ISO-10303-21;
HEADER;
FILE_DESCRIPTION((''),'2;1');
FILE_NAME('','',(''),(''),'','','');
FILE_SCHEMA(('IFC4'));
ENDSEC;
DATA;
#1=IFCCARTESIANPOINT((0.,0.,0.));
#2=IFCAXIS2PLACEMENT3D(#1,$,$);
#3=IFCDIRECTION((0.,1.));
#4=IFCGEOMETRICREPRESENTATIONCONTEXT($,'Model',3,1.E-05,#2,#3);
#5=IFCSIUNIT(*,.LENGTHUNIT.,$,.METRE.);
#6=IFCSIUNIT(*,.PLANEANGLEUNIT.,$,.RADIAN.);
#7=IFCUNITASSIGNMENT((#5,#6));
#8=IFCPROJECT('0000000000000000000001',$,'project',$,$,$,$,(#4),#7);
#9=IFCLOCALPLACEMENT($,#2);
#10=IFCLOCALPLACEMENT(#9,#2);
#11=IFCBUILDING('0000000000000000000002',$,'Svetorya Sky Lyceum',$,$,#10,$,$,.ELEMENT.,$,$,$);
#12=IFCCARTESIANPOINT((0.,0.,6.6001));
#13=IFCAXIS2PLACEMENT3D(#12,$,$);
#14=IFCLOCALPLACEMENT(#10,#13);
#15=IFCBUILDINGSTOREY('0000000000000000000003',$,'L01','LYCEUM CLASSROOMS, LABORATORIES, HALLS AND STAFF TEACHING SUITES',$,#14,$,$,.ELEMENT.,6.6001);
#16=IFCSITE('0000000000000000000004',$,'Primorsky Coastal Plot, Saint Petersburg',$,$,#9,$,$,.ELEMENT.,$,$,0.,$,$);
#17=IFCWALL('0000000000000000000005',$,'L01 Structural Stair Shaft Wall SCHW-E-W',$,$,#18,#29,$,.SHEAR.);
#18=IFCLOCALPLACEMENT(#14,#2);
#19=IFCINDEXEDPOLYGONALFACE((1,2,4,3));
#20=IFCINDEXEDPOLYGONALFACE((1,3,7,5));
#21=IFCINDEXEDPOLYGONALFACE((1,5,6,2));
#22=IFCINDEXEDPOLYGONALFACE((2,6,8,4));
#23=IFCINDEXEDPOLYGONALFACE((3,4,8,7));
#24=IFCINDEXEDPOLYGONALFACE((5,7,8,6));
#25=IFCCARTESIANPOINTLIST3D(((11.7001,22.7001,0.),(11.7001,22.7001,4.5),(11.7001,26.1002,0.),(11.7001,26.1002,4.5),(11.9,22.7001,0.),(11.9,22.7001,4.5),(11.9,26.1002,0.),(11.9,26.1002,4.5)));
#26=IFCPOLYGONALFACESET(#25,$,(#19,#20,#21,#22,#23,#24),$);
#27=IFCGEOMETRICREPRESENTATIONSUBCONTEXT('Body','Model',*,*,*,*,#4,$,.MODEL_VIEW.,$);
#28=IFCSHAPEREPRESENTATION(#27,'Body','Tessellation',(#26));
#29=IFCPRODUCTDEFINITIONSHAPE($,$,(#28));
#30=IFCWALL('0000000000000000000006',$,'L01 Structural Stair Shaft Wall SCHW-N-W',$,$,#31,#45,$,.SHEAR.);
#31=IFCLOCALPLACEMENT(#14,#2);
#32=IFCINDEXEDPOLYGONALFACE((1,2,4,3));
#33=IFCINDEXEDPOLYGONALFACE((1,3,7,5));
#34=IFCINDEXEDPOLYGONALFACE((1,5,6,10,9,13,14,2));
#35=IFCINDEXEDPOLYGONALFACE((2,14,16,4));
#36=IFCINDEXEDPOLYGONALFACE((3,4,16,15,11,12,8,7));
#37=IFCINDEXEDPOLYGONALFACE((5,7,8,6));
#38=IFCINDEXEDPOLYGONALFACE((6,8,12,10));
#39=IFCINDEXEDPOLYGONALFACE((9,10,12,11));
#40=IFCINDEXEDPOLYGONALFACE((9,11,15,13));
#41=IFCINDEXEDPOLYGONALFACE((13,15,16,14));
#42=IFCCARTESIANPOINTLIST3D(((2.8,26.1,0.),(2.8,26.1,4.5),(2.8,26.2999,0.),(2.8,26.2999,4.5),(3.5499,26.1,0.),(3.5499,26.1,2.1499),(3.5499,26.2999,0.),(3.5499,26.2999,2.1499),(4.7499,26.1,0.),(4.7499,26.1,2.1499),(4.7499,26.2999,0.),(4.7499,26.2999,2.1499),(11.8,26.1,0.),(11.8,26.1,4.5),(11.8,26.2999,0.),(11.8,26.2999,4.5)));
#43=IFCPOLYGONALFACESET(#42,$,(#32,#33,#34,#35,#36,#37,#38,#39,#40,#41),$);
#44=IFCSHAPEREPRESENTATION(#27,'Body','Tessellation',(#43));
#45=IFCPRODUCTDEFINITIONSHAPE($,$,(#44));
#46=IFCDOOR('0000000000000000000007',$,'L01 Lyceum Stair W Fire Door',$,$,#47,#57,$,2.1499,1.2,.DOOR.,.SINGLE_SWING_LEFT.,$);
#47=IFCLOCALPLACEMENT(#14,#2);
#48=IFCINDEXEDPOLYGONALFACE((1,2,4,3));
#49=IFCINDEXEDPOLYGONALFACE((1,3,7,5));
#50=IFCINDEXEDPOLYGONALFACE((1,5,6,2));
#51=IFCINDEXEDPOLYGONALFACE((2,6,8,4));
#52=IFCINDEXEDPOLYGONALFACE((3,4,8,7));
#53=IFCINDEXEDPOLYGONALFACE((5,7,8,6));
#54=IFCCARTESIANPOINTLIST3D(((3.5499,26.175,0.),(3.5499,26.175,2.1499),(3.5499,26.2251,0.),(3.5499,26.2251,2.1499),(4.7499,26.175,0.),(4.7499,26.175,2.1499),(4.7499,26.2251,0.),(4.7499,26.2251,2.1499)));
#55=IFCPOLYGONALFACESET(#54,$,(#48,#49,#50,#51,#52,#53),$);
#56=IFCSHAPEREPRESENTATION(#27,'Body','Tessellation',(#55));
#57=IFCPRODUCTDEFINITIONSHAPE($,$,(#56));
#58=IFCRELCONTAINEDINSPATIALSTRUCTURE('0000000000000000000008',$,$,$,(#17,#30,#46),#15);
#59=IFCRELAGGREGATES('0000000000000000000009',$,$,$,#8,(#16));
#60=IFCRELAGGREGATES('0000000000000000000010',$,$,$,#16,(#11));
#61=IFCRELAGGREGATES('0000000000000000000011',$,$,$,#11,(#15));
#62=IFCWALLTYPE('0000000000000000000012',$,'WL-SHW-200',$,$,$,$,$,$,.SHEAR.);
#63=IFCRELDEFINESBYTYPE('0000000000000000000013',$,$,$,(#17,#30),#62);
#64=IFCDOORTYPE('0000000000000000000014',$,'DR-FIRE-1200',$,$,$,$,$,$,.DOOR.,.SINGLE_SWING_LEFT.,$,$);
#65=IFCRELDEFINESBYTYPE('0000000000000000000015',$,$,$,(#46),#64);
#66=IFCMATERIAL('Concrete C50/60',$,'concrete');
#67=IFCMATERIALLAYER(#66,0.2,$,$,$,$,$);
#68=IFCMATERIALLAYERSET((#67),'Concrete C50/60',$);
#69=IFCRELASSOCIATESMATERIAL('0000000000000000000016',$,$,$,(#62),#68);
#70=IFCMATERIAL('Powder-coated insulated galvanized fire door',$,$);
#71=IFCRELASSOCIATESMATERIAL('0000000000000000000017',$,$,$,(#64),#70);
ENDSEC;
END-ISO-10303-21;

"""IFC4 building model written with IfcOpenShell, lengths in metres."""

from ifc_helpers import new_model, si_unit, direction, frame, frame_2d, origin, place, context, subcontext, project, spatial, rectangle, extrude, material, layer, layer_set, type_object, element, fill, save


model = new_model("IFC4")

# Units and contexts
model_context = context("Model", 3, precision=1e-05, world=origin(), true_north=direction((0.0, 1.0)))
body_context = subcontext(model_context, "Body", "Model", "MODEL_VIEW")
ifc_project = project(units=[si_unit("LENGTHUNIT", "METRE"), si_unit("PLANEANGLEUNIT", "RADIAN")], contexts=[model_context])

# Site, building, storey
site_placement = place(None, origin())
site = spatial("IfcSite", under=ifc_project, at=site_placement, Name="Primorsky Coastal Plot, Saint Petersburg", CompositionType="ELEMENT", RefElevation=0.0)
building_placement = place(site_placement, origin())
building = spatial("IfcBuilding", under=site, at=building_placement, Name="Svetorya Sky Lyceum", CompositionType="ELEMENT")
storey_placement = place(building_placement, frame((0.0, 0.0, 6.6001)))
storey = spatial("IfcBuildingStorey", under=building, at=storey_placement, Name="L01", Description="LYCEUM CLASSROOMS, LABORATORIES, HALLS AND STAFF TEACHING SUITES", CompositionType="ELEMENT", Elevation=6.6001)

# Wall
ifc_material_1 = material(Name="Concrete C50/60", Category="concrete")
ifc_layer_1 = layer(ifc_material_1, 0.2)
ifc_layer_set_1 = layer_set([ifc_layer_1], Name="Concrete C50/60")
wall_type_1 = type_object("IfcWallType", Name="WL-SHW-200", PredefinedType="SHEAR", material=ifc_layer_set_1)
wall_1_placement = place(storey_placement, frame((11.8, 22.7, 0.0), z_axis=(0.0, 0.0, 1.0), x_axis=(0.0, 1.0, 0.0)))
element("IfcWall", 1, at=wall_1_placement, inside=storey, type_object=wall_type_1, Name="L01 Structural Stair Shaft Wall SCHW-E-W", PredefinedType="SHEAR", context=body_context, shape_type="SweptSolid", body=[
    extrude(rectangle(XDim=3.4001, YDim=0.2, at=frame_2d((1.7002, 0.0))), origin(), (0.0, 0.0, 1.0), 4.5),
])

# Wall, opening, door
wall_2_placement = place(storey_placement, frame((11.8, 26.2, 0.0), z_axis=(0.0, 0.0, 1.0), x_axis=(-1.0, 0.0, 0.0)))
wall_2 = element("IfcWall", 2, at=wall_2_placement, inside=storey, type_object=wall_type_1, Name="L01 Structural Stair Shaft Wall SCHW-N-W", PredefinedType="SHEAR", context=body_context, shape_type="SweptSolid", body=[
    extrude(rectangle(XDim=9.0, YDim=0.2, at=frame_2d((4.5, 0.0))), origin(), (0.0, 0.0, 1.0), 4.5),
])
opening_1_placement = place(wall_2_placement, frame((7.05, 0.0, 0.0)))
opening_1 = element("IfcOpeningElement", 3, at=opening_1_placement, cuts=wall_2, PredefinedType="OPENING", context=body_context, shape_type="SweptSolid", body=[
    extrude(rectangle(XDim=1.2, YDim=2.1499, at=frame_2d((0.6001, 1.075))), frame((0.0, 0.1099, 0.0), z_axis=(0.0, -1.0, 0.0), x_axis=(1.0, 0.0, 0.0)), (0.0, 0.0, 1.0), 0.22),
])
ifc_material_2 = material(Name="Powder-coated insulated galvanized fire door")
door_type_1 = type_object("IfcDoorType", Name="DR-FIRE-1200", OperationType="SINGLE_SWING_LEFT", PredefinedType="DOOR", material=ifc_material_2)
door_1_placement = place(opening_1_placement, origin())
door_1 = element("IfcDoor", 4, at=door_1_placement, inside=storey, type_object=door_type_1, Name="L01 Lyceum Stair W Fire Door", OperationType="SINGLE_SWING_LEFT", OverallHeight=2.1499, OverallWidth=1.2, PredefinedType="DOOR", context=body_context, shape_type="SweptSolid", body=[
    extrude(rectangle(XDim=1.2, YDim=2.1499, at=frame_2d((0.6001, 1.075))), frame((0.0, 0.0249, 0.0), z_axis=(0.0, -1.0, 0.0), x_axis=(1.0, 0.0, 0.0)), (0.0, 0.0, 1.0), 0.05),
])
fill(opening_1, door_1)

save(model, "model.ifc")
